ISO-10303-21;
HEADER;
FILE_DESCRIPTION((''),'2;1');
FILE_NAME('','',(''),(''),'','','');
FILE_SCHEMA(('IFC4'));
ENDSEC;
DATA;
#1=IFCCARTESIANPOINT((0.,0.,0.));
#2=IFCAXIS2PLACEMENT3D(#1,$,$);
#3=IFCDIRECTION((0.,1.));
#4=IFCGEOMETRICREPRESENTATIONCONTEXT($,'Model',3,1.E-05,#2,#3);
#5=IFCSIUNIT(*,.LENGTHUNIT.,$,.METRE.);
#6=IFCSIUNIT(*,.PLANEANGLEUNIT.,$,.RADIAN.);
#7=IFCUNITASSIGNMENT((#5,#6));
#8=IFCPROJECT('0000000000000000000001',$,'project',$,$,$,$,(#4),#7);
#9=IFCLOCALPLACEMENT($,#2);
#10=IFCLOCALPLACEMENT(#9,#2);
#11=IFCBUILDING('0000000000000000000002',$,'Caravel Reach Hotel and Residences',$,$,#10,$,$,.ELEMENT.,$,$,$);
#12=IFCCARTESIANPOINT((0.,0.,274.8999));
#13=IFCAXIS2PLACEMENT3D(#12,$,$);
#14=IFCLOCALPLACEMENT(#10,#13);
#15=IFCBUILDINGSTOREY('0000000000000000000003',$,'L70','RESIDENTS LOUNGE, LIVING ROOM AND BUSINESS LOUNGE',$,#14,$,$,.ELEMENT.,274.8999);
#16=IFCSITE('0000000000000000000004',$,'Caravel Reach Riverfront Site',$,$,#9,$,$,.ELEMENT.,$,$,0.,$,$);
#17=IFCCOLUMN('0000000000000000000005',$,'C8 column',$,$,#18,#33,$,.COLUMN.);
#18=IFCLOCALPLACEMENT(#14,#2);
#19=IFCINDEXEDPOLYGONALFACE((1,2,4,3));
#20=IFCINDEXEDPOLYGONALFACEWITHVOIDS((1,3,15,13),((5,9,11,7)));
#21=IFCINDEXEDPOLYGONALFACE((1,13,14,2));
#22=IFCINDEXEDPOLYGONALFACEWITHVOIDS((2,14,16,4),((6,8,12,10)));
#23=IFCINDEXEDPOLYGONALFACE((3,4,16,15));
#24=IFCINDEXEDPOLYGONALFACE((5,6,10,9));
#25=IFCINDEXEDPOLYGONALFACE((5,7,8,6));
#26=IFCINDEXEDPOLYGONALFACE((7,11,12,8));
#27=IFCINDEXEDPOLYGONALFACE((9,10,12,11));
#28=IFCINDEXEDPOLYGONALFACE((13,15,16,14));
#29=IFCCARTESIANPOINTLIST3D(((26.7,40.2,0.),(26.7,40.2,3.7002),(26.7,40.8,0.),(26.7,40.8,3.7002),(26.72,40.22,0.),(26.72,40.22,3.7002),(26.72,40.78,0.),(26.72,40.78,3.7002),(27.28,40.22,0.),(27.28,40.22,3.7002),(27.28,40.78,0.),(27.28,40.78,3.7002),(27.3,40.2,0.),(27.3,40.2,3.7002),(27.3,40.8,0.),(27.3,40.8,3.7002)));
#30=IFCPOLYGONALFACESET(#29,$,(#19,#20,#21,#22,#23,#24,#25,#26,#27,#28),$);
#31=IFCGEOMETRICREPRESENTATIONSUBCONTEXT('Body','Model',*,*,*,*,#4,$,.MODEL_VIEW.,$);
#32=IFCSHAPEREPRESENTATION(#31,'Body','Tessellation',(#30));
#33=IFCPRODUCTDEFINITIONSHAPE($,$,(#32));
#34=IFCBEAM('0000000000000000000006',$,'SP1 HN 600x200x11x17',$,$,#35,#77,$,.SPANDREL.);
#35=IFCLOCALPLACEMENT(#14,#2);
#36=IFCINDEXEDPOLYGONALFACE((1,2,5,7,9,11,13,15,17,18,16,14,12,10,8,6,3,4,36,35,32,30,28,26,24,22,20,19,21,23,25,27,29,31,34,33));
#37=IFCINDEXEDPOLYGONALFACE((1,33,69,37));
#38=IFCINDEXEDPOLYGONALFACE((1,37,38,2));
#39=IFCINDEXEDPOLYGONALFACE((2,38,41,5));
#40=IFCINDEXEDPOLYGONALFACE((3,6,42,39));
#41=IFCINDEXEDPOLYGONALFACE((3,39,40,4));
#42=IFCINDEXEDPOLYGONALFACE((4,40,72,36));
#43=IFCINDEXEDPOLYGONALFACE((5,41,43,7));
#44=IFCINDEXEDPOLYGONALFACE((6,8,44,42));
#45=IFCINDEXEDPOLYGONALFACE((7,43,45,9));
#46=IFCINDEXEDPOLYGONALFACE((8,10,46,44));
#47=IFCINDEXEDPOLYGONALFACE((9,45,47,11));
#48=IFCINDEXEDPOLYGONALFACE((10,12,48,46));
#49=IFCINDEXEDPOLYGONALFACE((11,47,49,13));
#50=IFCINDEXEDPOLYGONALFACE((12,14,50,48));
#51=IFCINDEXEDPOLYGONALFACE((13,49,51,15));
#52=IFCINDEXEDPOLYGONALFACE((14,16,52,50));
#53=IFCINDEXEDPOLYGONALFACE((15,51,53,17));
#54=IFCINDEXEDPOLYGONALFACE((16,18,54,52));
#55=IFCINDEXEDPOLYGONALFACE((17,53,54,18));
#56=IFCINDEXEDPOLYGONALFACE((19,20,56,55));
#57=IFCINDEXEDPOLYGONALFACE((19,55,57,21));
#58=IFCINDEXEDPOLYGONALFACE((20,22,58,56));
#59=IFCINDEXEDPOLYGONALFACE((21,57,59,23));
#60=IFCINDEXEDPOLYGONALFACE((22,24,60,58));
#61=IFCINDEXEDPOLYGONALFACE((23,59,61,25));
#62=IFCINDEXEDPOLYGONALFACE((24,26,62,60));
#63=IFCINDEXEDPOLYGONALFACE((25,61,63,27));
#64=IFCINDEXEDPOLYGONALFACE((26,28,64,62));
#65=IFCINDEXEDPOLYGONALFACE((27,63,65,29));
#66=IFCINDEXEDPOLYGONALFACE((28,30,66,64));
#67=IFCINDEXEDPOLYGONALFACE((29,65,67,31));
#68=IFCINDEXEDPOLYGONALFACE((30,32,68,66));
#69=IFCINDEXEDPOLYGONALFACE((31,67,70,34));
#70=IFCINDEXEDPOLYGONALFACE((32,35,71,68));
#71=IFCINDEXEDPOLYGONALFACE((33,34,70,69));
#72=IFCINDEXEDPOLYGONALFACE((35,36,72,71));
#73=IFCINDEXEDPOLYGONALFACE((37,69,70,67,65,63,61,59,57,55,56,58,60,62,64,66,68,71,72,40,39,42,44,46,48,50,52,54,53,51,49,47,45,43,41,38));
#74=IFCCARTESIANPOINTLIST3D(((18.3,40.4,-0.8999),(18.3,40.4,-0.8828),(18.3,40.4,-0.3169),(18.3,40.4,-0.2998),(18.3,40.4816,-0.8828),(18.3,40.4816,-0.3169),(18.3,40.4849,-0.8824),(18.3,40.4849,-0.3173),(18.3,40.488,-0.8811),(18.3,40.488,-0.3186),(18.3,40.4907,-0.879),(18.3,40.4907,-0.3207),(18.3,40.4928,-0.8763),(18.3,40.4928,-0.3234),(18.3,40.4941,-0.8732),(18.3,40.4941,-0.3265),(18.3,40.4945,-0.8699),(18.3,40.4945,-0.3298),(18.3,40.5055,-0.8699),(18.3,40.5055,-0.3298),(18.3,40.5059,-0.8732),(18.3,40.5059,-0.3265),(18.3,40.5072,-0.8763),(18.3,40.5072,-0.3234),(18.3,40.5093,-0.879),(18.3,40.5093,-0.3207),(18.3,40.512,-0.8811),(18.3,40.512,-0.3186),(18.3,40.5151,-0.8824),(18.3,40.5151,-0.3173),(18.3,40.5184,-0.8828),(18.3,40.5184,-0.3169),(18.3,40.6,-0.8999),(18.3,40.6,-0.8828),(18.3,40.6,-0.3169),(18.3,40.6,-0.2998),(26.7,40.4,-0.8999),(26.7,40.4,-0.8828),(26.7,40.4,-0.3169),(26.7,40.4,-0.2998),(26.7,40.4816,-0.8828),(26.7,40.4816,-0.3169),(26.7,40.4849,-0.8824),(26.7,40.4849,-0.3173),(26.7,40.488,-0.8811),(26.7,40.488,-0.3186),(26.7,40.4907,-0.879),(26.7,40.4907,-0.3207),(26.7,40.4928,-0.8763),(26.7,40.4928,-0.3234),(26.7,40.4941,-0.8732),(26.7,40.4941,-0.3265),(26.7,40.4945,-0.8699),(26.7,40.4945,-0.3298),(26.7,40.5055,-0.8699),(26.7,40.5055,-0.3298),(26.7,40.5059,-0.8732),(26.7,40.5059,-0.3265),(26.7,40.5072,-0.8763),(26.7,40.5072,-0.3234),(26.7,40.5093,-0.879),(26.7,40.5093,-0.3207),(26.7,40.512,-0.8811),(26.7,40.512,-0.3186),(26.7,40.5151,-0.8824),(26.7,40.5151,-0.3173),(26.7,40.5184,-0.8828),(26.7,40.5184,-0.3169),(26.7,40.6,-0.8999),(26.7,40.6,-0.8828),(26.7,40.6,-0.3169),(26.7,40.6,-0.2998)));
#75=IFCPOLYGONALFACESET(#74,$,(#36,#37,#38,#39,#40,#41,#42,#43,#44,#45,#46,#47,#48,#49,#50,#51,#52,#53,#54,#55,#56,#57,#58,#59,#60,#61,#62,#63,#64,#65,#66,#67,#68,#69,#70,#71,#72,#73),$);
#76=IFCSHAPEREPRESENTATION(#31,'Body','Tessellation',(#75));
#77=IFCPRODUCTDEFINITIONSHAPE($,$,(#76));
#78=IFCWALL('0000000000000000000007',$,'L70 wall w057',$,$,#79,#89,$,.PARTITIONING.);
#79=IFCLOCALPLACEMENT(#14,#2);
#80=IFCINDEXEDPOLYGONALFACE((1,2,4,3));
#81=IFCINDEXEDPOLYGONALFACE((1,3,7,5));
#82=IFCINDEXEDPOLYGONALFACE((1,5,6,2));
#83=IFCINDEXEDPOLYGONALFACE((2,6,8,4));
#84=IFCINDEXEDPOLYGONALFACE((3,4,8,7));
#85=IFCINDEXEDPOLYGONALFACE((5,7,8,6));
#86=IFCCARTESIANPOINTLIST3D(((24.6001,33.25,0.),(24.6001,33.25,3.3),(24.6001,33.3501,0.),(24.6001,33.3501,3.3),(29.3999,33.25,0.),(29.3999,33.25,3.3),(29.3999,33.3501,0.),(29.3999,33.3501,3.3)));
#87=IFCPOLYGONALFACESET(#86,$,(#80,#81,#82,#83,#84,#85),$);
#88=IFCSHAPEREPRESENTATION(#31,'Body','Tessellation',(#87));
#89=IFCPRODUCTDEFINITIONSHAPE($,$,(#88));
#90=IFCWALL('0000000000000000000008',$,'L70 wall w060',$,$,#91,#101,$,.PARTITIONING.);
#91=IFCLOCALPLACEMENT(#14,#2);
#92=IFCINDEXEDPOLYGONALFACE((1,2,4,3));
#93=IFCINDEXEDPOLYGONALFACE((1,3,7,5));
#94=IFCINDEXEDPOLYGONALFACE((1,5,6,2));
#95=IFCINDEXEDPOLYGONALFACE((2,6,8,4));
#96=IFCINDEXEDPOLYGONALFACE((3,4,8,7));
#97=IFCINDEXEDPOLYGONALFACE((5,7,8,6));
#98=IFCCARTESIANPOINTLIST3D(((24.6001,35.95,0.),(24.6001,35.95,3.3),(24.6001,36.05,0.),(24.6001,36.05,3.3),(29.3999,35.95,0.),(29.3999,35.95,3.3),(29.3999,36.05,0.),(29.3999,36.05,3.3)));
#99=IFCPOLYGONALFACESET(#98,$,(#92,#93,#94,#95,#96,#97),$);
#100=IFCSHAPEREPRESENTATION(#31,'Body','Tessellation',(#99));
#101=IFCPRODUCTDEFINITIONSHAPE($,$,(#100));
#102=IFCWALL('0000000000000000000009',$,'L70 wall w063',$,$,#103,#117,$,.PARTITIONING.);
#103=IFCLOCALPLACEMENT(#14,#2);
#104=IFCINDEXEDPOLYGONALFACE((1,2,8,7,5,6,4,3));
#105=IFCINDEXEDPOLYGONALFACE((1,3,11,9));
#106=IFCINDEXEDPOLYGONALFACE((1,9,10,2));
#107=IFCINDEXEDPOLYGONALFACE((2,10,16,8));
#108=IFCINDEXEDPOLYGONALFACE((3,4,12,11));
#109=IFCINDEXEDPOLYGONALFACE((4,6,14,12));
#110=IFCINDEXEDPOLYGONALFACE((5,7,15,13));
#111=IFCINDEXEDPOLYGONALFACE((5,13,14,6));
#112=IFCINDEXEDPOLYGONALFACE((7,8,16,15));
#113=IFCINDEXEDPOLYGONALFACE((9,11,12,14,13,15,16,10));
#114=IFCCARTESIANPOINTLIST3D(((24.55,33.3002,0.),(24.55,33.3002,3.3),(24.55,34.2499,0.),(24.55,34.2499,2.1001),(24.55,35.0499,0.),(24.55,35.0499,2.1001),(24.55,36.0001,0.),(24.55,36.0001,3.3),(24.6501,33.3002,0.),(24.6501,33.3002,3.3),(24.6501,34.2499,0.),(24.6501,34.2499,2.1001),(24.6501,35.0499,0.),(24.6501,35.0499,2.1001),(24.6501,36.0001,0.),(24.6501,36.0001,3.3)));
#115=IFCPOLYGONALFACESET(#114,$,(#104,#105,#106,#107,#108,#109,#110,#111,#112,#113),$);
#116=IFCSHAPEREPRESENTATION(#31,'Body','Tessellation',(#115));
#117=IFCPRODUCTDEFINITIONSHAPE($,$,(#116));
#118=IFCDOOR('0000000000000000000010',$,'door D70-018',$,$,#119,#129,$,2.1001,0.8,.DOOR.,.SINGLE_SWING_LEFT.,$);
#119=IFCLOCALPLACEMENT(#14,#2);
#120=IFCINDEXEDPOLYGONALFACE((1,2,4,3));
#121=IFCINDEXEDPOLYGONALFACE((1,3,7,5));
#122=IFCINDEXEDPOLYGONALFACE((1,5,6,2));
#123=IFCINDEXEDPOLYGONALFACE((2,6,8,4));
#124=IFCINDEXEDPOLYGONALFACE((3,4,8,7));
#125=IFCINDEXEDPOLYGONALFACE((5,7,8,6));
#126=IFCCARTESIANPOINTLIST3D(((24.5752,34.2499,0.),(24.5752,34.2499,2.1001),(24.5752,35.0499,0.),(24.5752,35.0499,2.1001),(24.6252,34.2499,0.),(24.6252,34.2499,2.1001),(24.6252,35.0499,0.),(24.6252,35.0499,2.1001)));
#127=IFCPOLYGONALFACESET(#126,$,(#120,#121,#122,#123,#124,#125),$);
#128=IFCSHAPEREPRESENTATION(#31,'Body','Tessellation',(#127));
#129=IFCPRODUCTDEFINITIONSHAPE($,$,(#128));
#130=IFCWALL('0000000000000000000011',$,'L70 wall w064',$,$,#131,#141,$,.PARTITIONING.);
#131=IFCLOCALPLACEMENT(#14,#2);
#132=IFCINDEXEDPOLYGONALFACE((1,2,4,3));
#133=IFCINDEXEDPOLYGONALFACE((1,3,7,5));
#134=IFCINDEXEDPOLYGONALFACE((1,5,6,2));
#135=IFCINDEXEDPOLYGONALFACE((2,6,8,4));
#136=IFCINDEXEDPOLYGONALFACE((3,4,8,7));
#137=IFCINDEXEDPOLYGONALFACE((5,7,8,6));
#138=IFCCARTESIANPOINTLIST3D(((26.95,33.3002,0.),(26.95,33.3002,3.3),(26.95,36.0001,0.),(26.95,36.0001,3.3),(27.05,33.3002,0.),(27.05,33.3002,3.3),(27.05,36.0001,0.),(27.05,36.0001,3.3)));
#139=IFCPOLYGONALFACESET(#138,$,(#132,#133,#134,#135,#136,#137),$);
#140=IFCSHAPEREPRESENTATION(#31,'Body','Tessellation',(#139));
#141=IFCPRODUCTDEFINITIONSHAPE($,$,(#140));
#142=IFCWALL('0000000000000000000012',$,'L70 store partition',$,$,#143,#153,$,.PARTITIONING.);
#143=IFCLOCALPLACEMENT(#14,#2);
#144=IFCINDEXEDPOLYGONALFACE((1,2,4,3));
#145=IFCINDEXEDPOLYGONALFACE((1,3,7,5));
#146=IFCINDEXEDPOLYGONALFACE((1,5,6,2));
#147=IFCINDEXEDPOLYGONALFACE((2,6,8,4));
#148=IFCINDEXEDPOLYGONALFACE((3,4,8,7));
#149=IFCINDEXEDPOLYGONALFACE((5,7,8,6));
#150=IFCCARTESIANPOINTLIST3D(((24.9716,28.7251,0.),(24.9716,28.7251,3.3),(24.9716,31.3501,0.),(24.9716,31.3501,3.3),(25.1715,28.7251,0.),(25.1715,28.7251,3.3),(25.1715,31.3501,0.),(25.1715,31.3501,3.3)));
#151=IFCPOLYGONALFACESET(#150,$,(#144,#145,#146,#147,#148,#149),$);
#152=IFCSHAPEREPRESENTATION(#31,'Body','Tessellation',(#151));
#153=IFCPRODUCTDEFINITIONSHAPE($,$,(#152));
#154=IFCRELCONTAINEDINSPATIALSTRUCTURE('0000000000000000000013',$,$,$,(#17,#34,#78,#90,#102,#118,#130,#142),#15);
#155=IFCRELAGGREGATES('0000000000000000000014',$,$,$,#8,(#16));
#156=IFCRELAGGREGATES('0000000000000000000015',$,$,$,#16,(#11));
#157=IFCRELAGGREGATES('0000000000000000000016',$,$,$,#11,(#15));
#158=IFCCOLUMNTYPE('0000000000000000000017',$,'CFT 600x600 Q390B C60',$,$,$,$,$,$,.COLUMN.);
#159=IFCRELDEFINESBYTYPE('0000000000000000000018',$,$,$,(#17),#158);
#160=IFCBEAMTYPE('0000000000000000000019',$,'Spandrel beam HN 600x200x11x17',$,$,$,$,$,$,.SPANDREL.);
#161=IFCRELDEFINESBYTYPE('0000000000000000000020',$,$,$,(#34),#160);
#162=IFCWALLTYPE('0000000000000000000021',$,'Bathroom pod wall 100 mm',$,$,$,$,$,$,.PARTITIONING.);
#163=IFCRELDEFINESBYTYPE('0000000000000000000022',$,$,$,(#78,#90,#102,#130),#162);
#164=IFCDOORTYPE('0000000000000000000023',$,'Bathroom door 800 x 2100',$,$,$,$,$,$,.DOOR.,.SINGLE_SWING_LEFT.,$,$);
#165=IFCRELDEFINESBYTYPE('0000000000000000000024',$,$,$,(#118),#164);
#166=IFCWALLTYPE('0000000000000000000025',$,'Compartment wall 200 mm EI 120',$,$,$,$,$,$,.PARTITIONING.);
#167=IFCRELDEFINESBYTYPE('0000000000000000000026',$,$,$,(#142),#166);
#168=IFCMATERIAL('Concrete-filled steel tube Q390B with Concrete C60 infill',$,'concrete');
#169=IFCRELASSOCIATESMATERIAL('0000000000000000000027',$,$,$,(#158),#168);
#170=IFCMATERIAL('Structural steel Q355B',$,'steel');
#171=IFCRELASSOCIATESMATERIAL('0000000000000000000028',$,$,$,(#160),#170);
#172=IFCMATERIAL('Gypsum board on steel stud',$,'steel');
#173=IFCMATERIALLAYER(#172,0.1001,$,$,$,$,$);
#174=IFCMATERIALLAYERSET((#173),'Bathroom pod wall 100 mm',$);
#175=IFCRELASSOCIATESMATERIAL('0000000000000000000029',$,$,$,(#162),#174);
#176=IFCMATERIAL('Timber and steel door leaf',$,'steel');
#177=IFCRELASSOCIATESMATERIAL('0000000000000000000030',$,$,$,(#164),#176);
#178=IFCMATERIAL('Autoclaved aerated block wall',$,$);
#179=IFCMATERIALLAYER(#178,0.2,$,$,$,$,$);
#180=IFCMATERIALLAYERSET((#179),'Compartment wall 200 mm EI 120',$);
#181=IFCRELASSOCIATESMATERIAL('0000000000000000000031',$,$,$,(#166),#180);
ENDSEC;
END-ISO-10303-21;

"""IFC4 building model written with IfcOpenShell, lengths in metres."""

from ifc_helpers import new_model, si_unit, direction, frame, frame_2d, origin, origin_2d, place, context, subcontext, project, spatial, rectangle, hollow_rectangle, i_section, extrude, material, layer, layer_set, material_profile, profile_set, type_object, element, fill, save


model = new_model("IFC4")

# Units and contexts
model_context = context("Model", 3, precision=1e-05, world=origin(), true_north=direction((0.0, 1.0)))
body_context = subcontext(model_context, "Body", "Model", "MODEL_VIEW")
ifc_project = project(units=[si_unit("LENGTHUNIT", "METRE"), si_unit("PLANEANGLEUNIT", "RADIAN")], contexts=[model_context])

# Site, building, storey
site_placement = place(None, origin())
site = spatial("IfcSite", under=ifc_project, at=site_placement, Name="Caravel Reach Riverfront Site", CompositionType="ELEMENT", RefElevation=0.0)
building_placement = place(site_placement, origin())
building = spatial("IfcBuilding", under=site, at=building_placement, Name="Caravel Reach Hotel and Residences", CompositionType="ELEMENT")
storey_placement = place(building_placement, frame((0.0, 0.0, 274.8999)))
storey = spatial("IfcBuildingStorey", under=building, at=storey_placement, Name="L70", Description="RESIDENTS LOUNGE, LIVING ROOM AND BUSINESS LOUNGE", CompositionType="ELEMENT", Elevation=274.8999)

# Column
ifc_material_1 = material(Name="Concrete-filled steel tube Q390B with Concrete C60 infill", Category="concrete")
ifc_material_profile_1 = material_profile(ifc_material_1, hollow_rectangle(XDim=0.6001, YDim=0.6001, WallThickness=0.02, at=origin_2d()), Name="RHS 600x600x20")
ifc_profile_set_1 = profile_set([ifc_material_profile_1], Name="Concrete-filled steel tube Q390B with Concrete C60 infill")
column_type = type_object("IfcColumnType", Name="CFT 600x600 Q390B C60", PredefinedType="COLUMN", material=ifc_profile_set_1)
column_placement = place(storey_placement, frame((27.0, 40.5, 0.0), z_axis=(0.0, 0.0, 1.0), x_axis=(1.0, 0.0, 0.0)))
element("IfcColumn", 1, at=column_placement, inside=storey, type_object=column_type, Name="C8 column", PredefinedType="COLUMN", context=body_context, shape_type="SweptSolid", body=[
    extrude(hollow_rectangle(XDim=0.6001, YDim=0.6001, WallThickness=0.02, at=origin_2d()), origin(), (0.0, 0.0, 1.0), 3.7002),
])

# Beam
ifc_material_2 = material(Name="Structural steel Q355B", Category="steel")
ifc_material_profile_2 = material_profile(ifc_material_2, i_section(OverallWidth=0.2, OverallDepth=0.6001, WebThickness=0.011, FlangeThickness=0.0171, FilletRadius=0.0129, at=origin_2d()), Name="HN 600x200x11x17")
ifc_profile_set_2 = profile_set([ifc_material_profile_2], Name="Structural steel Q355B")
beam_type = type_object("IfcBeamType", Name="Spandrel beam HN 600x200x11x17", PredefinedType="SPANDREL", material=ifc_profile_set_2)
beam_placement = place(storey_placement, frame((26.7, 40.5, -0.5999), z_axis=(-1.0, 0.0, 0.0), x_axis=(0.0, -1.0, 0.0)))
element("IfcBeam", 2, at=beam_placement, inside=storey, type_object=beam_type, Name="SP1 HN 600x200x11x17", PredefinedType="SPANDREL", context=body_context, shape_type="SweptSolid", body=[
    extrude(i_section(OverallWidth=0.2, OverallDepth=0.6001, WebThickness=0.011, FlangeThickness=0.0171, FilletRadius=0.0129, at=origin_2d()), origin(), (0.0, 0.0, 1.0), 8.3999),
])

# Walls
ifc_material_3 = material(Name="Gypsum board on steel stud", Category="steel")
ifc_layer_1 = layer(ifc_material_3, 0.1001)
ifc_layer_set_1 = layer_set([ifc_layer_1], Name="Bathroom pod wall 100 mm")
wall_type_1 = type_object("IfcWallType", Name="Bathroom pod wall 100 mm", PredefinedType="PARTITIONING", material=ifc_layer_set_1)
for number, where, z_axis, x_axis, name in (
    (3, (24.6001, 33.3, 0.0), (0.0, 0.0, 1.0), (1.0, 0.0, 0.0), "L70 wall w057"),
    (4, (24.6001, 36.0, 0.0), (0.0, 0.0, 1.0), (1.0, 0.0, 0.0), "L70 wall w060"),
):
    element("IfcWall", number, at=place(storey_placement, frame(where, z_axis=z_axis, x_axis=x_axis)), inside=storey, type_object=wall_type_1, Name=name, PredefinedType="PARTITIONING", context=body_context, shape_type="SweptSolid", body=[
        extrude(rectangle(XDim=4.7998, YDim=0.1001, at=frame_2d((2.3999, 0.0))), origin(), (0.0, 0.0, 1.0), 3.3),
    ])

# Wall, opening, door
wall_1_placement = place(storey_placement, frame((24.6001, 33.3, 0.0), z_axis=(0.0, 0.0, 1.0), x_axis=(0.0, 1.0, 0.0)))
wall_1 = element("IfcWall", 5, at=wall_1_placement, inside=storey, type_object=wall_type_1, Name="L70 wall w063", PredefinedType="PARTITIONING", context=body_context, shape_type="SweptSolid", body=[
    extrude(rectangle(XDim=2.7, YDim=0.1001, at=frame_2d((1.3501, 0.0))), origin(), (0.0, 0.0, 1.0), 3.3),
])
opening_1_placement = place(wall_1_placement, frame((0.95, 0.0, 0.0)))
opening_1 = element("IfcOpeningElement", 6, at=opening_1_placement, cuts=wall_1, PredefinedType="OPENING", context=body_context, shape_type="SweptSolid", body=[
    extrude(rectangle(XDim=0.8, YDim=2.1001, at=frame_2d((0.3999, 1.05))), frame((0.0, 0.0601, 0.0), z_axis=(0.0, -1.0, 0.0), x_axis=(1.0, 0.0, 0.0)), (0.0, 0.0, 1.0), 0.1201),
])
ifc_material_4 = material(Name="Timber and steel door leaf", Category="steel")
door_type_1 = type_object("IfcDoorType", Name="Bathroom door 800 x 2100", OperationType="SINGLE_SWING_LEFT", PredefinedType="DOOR", material=ifc_material_4)
door_1_placement = place(opening_1_placement, origin())
door_1 = element("IfcDoor", 7, at=door_1_placement, inside=storey, type_object=door_type_1, Name="door D70-018", OperationType="SINGLE_SWING_LEFT", OverallHeight=2.1001, OverallWidth=0.8, PredefinedType="DOOR", context=body_context, shape_type="SweptSolid", body=[
    extrude(rectangle(XDim=0.8, YDim=2.1001, at=frame_2d((0.3999, 1.05))), frame((0.0, 0.0249, 0.0), z_axis=(0.0, -1.0, 0.0), x_axis=(1.0, 0.0, 0.0)), (0.0, 0.0, 1.0), 0.05),
])
fill(opening_1, door_1)

# Walls
wall_2_placement = place(storey_placement, frame((27.0, 33.3, 0.0), z_axis=(0.0, 0.0, 1.0), x_axis=(0.0, 1.0, 0.0)))
element("IfcWall", 8, at=wall_2_placement, inside=storey, type_object=wall_type_1, Name="L70 wall w064", PredefinedType="PARTITIONING", context=body_context, shape_type="SweptSolid", body=[
    extrude(rectangle(XDim=2.7, YDim=0.1001, at=frame_2d((1.3501, 0.0))), origin(), (0.0, 0.0, 1.0), 3.3),
])
ifc_material_5 = material(Name="Autoclaved aerated block wall")
ifc_layer_2 = layer(ifc_material_5, 0.2)
ifc_layer_set_2 = layer_set([ifc_layer_2], Name="Compartment wall 200 mm EI 120")
wall_type_2 = type_object("IfcWallType", Name="Compartment wall 200 mm EI 120", PredefinedType="PARTITIONING", material=ifc_layer_set_2)
wall_3_placement = place(storey_placement, frame((25.0715, 28.7251, 0.0), z_axis=(0.0, 0.0, 1.0), x_axis=(0.0, 1.0, 0.0)))
element("IfcWall", 9, at=wall_3_placement, inside=storey, type_object=wall_type_2, Name="L70 store partition", PredefinedType="PARTITIONING", context=body_context, shape_type="SweptSolid", body=[
    extrude(rectangle(XDim=2.625, YDim=0.2, at=frame_2d((1.3125, 0.0))), origin(), (0.0, 0.0, 1.0), 3.3),
])

save(model, "model.ifc")
